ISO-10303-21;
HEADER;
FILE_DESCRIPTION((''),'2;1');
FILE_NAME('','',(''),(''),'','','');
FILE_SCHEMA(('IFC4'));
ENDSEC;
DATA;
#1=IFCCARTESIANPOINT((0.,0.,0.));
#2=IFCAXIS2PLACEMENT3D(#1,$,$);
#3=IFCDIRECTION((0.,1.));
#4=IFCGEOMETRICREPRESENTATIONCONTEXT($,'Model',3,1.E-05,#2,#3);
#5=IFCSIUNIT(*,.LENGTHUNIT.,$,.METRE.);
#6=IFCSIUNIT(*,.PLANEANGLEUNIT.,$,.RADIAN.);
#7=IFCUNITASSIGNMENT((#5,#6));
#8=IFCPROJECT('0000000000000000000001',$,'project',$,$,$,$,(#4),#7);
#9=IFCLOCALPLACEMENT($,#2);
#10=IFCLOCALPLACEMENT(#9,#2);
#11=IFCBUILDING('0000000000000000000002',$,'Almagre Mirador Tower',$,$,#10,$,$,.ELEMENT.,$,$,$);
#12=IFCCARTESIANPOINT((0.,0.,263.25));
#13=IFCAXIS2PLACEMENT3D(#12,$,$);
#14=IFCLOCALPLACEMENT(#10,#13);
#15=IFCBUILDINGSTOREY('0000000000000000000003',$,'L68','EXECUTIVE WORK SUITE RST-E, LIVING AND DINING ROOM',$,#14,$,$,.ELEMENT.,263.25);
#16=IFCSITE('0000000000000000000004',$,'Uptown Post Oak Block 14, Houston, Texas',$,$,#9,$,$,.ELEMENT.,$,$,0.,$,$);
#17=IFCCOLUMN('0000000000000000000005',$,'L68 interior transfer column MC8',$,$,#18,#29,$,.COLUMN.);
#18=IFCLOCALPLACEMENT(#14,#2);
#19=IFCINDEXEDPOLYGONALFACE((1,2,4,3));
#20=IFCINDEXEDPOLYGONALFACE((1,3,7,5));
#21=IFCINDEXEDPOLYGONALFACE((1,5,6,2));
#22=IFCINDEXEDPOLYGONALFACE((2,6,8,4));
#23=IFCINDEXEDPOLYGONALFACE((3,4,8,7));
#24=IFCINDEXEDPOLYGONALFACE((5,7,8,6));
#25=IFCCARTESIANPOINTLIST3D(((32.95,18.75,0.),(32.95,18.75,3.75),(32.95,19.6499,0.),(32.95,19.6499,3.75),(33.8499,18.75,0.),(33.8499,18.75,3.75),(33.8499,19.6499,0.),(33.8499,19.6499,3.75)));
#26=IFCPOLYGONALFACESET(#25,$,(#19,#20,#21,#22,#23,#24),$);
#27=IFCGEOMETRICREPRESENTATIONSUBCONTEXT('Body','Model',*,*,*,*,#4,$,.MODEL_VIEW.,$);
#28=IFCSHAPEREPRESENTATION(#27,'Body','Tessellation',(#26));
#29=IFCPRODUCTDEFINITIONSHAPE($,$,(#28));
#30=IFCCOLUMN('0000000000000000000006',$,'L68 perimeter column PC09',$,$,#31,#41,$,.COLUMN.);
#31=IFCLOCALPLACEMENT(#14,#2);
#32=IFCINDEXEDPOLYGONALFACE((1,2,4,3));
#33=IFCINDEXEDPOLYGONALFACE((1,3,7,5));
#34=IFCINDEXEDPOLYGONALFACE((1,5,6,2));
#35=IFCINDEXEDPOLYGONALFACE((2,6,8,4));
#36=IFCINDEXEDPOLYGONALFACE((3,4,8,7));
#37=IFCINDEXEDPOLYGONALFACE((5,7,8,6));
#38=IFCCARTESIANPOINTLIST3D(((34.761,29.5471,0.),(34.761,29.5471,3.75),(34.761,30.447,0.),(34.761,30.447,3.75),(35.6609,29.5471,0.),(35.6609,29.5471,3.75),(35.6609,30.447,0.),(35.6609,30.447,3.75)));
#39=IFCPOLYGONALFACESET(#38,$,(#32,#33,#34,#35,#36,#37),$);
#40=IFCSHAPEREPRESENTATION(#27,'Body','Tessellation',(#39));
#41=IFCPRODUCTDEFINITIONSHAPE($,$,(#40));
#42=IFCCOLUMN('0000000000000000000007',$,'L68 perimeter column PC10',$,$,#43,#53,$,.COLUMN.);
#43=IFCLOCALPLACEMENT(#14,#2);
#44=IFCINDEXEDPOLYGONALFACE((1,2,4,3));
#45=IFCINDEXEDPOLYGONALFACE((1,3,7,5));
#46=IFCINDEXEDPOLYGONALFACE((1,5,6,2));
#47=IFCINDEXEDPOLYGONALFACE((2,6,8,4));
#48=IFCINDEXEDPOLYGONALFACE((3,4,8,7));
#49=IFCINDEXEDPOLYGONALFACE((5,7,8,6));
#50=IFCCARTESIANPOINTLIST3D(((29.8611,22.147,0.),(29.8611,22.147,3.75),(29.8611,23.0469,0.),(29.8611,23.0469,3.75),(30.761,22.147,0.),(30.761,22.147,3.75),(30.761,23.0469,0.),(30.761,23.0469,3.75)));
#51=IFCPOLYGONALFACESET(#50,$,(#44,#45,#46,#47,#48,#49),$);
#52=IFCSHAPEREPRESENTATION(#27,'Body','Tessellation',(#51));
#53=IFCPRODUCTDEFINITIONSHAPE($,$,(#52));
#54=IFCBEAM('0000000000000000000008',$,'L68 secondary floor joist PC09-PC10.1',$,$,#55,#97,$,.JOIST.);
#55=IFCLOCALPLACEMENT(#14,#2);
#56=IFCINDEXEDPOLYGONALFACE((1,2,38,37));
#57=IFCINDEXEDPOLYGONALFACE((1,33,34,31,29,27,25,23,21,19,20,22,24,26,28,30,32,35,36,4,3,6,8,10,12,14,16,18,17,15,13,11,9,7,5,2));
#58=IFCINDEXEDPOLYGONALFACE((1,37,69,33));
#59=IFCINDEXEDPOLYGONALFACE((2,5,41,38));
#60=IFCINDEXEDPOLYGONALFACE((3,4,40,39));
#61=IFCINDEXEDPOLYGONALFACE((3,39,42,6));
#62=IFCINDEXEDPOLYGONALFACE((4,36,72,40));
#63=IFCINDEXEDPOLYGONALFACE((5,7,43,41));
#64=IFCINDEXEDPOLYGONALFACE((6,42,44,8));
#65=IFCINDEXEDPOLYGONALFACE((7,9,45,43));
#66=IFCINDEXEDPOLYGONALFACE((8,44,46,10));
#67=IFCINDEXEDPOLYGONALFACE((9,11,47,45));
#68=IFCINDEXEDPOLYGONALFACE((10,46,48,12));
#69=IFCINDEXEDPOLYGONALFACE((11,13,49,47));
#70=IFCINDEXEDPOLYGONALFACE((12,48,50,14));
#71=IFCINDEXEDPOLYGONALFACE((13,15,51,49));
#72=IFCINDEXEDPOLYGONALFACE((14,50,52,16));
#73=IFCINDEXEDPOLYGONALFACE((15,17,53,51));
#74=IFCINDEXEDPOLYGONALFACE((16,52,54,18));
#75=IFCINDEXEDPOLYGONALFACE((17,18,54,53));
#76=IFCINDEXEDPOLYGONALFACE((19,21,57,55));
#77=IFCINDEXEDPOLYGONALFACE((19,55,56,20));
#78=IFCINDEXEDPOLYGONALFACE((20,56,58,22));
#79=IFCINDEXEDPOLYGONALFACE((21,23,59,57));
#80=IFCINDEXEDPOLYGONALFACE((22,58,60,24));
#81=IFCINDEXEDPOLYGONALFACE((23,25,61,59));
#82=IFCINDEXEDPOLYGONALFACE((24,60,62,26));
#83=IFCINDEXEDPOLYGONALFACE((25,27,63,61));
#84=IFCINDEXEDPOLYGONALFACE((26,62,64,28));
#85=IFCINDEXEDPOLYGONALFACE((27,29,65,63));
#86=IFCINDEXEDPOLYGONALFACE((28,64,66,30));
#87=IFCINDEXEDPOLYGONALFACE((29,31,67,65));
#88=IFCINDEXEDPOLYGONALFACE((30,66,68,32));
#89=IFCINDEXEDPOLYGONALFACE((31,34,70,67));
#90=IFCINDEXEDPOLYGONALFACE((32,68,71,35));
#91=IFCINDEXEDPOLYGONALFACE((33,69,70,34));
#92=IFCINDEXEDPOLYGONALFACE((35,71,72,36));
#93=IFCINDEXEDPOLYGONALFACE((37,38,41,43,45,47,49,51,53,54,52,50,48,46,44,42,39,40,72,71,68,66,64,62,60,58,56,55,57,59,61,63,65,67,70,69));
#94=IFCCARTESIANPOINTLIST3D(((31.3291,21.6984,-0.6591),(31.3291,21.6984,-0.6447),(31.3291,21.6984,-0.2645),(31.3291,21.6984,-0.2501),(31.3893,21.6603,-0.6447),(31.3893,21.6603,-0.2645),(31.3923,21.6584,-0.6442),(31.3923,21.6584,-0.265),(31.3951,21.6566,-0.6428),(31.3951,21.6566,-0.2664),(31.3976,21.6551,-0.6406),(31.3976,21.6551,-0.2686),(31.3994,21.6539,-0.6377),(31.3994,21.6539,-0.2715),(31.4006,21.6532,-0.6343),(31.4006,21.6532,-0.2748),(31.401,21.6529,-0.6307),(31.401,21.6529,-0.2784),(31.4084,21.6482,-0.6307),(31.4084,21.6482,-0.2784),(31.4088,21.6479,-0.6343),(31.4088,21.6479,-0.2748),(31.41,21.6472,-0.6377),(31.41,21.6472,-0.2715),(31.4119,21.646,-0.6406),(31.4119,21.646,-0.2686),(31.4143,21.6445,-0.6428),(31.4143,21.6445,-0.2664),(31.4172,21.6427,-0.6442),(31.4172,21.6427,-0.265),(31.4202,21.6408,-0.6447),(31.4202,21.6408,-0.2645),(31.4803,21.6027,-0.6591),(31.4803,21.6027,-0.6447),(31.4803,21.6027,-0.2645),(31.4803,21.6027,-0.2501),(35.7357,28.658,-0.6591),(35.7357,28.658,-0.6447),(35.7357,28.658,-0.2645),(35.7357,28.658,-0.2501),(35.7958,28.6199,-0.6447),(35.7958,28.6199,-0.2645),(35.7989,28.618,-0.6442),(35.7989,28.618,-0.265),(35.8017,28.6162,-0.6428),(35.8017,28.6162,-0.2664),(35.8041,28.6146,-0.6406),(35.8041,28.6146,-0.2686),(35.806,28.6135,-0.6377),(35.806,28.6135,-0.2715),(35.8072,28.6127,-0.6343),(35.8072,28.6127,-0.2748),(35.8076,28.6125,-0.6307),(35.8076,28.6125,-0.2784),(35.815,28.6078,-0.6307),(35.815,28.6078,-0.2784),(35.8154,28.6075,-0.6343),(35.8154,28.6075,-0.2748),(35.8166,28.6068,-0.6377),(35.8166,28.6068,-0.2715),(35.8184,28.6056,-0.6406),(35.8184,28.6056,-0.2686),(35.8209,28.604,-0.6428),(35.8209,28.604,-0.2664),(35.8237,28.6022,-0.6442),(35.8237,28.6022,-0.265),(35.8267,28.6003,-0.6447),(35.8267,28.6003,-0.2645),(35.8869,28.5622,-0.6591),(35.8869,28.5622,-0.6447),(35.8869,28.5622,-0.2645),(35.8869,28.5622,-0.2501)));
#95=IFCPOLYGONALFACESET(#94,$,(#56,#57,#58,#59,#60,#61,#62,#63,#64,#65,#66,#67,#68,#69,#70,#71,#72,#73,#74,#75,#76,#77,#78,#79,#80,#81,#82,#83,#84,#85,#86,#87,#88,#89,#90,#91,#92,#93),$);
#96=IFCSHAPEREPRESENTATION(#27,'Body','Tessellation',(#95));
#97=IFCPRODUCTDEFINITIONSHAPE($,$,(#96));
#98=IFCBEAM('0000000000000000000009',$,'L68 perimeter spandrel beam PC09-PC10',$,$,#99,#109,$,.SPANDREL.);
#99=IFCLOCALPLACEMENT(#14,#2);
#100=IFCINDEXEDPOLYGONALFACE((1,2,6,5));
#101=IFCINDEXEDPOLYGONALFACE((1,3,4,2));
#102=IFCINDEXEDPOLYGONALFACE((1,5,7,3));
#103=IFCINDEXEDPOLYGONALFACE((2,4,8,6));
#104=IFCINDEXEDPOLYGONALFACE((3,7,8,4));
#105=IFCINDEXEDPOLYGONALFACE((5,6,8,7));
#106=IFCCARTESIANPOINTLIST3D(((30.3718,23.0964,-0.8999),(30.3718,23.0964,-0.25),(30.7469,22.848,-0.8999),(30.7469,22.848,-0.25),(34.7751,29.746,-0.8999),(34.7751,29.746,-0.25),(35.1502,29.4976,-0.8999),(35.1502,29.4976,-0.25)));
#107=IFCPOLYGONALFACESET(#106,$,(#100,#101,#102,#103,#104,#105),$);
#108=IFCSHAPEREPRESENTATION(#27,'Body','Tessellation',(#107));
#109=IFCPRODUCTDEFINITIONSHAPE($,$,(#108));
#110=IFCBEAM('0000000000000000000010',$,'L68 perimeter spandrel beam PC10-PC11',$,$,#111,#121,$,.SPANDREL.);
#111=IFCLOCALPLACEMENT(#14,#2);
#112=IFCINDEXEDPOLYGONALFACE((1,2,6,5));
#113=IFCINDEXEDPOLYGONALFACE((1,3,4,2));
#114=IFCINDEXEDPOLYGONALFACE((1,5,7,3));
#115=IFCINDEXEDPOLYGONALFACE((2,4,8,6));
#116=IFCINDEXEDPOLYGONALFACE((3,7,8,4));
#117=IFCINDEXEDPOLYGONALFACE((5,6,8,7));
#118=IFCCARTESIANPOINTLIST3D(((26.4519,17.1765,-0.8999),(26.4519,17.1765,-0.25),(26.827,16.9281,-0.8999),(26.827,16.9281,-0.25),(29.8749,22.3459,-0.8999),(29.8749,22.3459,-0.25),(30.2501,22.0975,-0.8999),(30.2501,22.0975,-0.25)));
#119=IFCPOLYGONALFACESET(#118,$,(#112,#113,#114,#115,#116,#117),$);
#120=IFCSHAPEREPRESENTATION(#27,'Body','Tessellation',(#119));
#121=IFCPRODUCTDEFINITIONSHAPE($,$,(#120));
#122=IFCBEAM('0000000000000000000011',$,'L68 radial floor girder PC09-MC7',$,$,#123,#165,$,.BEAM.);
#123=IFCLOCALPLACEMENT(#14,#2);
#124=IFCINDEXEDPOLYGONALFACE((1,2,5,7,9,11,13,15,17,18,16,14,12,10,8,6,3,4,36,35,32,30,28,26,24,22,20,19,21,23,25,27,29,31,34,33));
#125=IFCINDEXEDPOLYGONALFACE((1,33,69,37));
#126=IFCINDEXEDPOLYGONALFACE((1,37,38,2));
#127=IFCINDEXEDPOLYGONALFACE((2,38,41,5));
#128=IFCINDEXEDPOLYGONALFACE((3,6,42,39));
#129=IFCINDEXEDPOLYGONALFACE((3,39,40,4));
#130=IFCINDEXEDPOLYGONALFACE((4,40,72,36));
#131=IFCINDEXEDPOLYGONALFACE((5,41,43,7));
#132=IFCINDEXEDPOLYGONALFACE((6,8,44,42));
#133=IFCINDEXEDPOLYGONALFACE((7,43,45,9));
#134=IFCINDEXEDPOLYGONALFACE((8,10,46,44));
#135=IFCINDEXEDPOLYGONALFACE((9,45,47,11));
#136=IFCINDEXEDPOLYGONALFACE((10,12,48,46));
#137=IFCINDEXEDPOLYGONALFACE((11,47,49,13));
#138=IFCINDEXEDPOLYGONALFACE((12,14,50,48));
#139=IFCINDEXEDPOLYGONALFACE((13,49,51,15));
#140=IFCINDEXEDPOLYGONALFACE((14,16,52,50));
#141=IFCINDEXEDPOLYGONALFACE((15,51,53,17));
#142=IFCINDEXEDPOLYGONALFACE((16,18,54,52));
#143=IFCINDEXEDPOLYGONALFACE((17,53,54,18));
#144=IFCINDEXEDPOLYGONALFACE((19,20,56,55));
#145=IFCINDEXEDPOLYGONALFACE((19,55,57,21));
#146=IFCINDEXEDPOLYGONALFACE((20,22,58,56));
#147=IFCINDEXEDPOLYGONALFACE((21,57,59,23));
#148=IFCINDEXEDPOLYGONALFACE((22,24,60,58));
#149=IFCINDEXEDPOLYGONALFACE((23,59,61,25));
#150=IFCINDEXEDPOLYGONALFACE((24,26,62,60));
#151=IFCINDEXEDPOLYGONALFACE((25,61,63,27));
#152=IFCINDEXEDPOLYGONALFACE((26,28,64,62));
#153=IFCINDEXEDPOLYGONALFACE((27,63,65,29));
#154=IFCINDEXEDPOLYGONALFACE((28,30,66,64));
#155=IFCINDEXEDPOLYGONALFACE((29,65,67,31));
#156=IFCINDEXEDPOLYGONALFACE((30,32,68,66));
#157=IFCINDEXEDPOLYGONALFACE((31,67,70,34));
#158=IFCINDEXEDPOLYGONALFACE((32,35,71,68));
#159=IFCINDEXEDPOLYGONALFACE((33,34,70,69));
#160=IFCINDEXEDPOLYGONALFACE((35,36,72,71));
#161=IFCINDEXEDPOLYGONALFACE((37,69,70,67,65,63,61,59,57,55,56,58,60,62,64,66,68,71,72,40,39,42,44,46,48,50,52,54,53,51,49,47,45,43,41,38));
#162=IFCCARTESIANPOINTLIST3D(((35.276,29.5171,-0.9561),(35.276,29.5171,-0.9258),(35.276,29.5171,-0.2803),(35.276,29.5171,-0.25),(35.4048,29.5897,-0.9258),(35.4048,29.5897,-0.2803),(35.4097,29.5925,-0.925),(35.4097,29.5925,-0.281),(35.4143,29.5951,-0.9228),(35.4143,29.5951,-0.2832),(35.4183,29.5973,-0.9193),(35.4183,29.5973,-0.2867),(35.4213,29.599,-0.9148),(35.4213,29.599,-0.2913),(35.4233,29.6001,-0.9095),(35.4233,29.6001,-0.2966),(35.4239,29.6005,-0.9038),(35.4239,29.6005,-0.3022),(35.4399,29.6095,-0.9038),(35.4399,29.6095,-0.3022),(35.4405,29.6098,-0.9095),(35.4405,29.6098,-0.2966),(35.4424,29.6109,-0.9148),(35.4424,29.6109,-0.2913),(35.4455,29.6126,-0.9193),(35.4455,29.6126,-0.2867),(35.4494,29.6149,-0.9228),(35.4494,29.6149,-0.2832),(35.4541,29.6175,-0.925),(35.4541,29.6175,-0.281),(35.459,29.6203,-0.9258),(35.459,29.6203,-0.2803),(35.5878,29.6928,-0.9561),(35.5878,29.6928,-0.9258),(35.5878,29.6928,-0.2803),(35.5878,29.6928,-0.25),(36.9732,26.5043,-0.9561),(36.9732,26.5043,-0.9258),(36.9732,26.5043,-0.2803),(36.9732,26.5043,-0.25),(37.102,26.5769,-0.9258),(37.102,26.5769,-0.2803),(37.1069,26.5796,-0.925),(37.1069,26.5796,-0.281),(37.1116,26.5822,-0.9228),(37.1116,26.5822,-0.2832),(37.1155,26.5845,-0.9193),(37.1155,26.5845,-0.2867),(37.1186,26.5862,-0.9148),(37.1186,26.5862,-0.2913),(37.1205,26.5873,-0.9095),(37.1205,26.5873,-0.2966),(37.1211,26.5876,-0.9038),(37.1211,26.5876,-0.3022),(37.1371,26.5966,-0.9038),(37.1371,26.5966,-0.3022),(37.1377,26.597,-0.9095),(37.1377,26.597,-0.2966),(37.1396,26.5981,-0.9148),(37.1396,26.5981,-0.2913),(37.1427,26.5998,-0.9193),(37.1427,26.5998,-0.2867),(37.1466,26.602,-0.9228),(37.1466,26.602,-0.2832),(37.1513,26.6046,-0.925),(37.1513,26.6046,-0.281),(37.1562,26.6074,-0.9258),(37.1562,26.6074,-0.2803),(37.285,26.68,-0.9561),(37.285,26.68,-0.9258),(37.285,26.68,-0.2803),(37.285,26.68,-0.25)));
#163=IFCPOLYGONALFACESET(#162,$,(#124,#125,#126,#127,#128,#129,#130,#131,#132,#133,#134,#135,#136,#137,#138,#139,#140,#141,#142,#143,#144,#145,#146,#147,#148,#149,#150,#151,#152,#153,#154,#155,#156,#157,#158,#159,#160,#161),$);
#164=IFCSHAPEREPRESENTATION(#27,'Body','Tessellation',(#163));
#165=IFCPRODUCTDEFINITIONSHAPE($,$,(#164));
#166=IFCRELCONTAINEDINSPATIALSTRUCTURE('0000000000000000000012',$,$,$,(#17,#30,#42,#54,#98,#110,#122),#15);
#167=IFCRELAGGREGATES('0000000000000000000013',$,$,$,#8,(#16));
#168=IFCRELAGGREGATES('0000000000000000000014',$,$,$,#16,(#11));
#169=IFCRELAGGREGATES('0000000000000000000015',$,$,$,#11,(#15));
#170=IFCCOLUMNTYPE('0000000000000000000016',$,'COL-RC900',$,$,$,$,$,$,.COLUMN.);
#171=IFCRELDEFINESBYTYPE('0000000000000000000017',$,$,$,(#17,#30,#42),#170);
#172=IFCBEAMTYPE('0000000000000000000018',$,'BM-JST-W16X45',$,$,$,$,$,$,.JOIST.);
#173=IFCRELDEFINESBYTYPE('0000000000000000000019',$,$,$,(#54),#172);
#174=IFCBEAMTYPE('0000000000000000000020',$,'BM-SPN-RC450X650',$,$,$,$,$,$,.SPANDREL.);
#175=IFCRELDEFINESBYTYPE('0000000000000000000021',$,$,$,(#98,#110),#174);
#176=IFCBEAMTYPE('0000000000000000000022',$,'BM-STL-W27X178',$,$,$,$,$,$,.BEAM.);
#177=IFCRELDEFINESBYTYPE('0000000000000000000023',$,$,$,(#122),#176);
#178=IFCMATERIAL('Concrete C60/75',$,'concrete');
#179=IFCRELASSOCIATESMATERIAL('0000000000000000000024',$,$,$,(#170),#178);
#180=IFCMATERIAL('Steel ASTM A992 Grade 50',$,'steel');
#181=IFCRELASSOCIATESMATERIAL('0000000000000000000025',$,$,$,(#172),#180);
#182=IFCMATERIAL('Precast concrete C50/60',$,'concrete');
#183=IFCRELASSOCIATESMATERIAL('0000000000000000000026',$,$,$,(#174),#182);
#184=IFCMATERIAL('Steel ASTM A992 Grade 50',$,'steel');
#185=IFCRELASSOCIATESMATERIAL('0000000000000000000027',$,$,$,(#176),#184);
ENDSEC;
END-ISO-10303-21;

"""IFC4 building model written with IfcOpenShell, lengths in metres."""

from ifc_helpers import new_model, si_unit, direction, frame, origin, origin_2d, place, context, subcontext, project, spatial, rectangle, i_section, extrude, material, material_profile, profile_set, type_object, element, save


model = new_model("IFC4")

# Units and contexts
model_context = context("Model", 3, precision=1e-05, world=origin(), true_north=direction((0.0, 1.0)))
body_context = subcontext(model_context, "Body", "Model", "MODEL_VIEW")
ifc_project = project(units=[si_unit("LENGTHUNIT", "METRE"), si_unit("PLANEANGLEUNIT", "RADIAN")], contexts=[model_context])

# Site, building, storey
site_placement = place(None, origin())
site = spatial("IfcSite", under=ifc_project, at=site_placement, Name="Uptown Post Oak Block 14, Houston, Texas", CompositionType="ELEMENT", RefElevation=0.0)
building_placement = place(site_placement, origin())
building = spatial("IfcBuilding", under=site, at=building_placement, Name="Almagre Mirador Tower", CompositionType="ELEMENT")
storey_placement = place(building_placement, frame((0.0, 0.0, 263.25)))
storey = spatial("IfcBuildingStorey", under=building, at=storey_placement, Name="L68", Description="EXECUTIVE WORK SUITE RST-E, LIVING AND DINING ROOM", CompositionType="ELEMENT", Elevation=263.25)

# Columns
ifc_material_1 = material(Name="Concrete C60/75", Category="concrete")
ifc_material_profile_1 = material_profile(ifc_material_1, rectangle(XDim=0.8999, YDim=0.8999, at=origin_2d()), Name="RC900X900")
ifc_profile_set_1 = profile_set([ifc_material_profile_1], Name="Concrete C60/75")
column_type = type_object("IfcColumnType", Name="COL-RC900", PredefinedType="COLUMN", material=ifc_profile_set_1)
for number, where, z_axis, x_axis, name in (
    (1, (33.3999, 19.2, 0.0), (0.0, 0.0, 1.0), (1.0, 0.0, 0.0), "L68 interior transfer column MC8"),
    (2, (35.2109, 29.9971, 0.0), (0.0, 0.0, 1.0), (1.0, 0.0, 0.0), "L68 perimeter column PC09"),
    (3, (30.311, 22.5969, 0.0), (0.0, 0.0, 1.0), (1.0, 0.0, 0.0), "L68 perimeter column PC10"),
):
    element("IfcColumn", number, at=place(storey_placement, frame(where, z_axis=z_axis, x_axis=x_axis)), inside=storey, type_object=column_type, Name=name, PredefinedType="COLUMN", context=body_context, shape_type="SweptSolid", body=[
        extrude(rectangle(XDim=0.8999, YDim=0.8999, at=origin_2d()), origin(), (0.0, 0.0, 1.0), 3.75),
    ])

# Beams
ifc_material_2 = material(Name="Steel ASTM A992 Grade 50", Category="steel")
ifc_material_profile_2 = material_profile(ifc_material_2, i_section(OverallWidth=0.179, OverallDepth=0.4089, WebThickness=0.0088, FlangeThickness=0.0144, FilletRadius=0.0139, at=origin_2d()), Name="W16X45")
ifc_profile_set_2 = profile_set([ifc_material_profile_2], Name="Steel ASTM A992 Grade 50")
beam_type_1 = type_object("IfcBeamType", Name="BM-JST-W16X45", PredefinedType="JOIST", material=ifc_profile_set_2)
beam_1_placement = place(storey_placement, frame((35.8113, 28.6101, -0.4546), z_axis=(-0.534951, -0.844883, 0.0), x_axis=(0.844883, -0.534951, 0.0)))
element("IfcBeam", 4, at=beam_1_placement, inside=storey, type_object=beam_type_1, Name="L68 secondary floor joist PC09-PC10.1", PredefinedType="JOIST", context=body_context, shape_type="SweptSolid", body=[
    extrude(i_section(OverallWidth=0.179, OverallDepth=0.4089, WebThickness=0.0088, FlangeThickness=0.0144, FilletRadius=0.0139, at=origin_2d()), origin(), (0.0, 0.0, 1.0), 8.2373),
])
ifc_material_3 = material(Name="Precast concrete C50/60", Category="concrete")
ifc_material_profile_3 = material_profile(ifc_material_3, rectangle(XDim=0.45, YDim=0.6499, at=origin_2d()), Name="RC450X650")
ifc_profile_set_3 = profile_set([ifc_material_profile_3], Name="Precast concrete C50/60")
beam_type_2 = type_object("IfcBeamType", Name="BM-SPN-RC450X650", PredefinedType="SPANDREL", material=ifc_profile_set_3)
beam_2_placement = place(storey_placement, frame((34.9626, 29.6218, -0.575), z_axis=(-0.552112, -0.83377, 0.0), x_axis=(0.83377, -0.552112, 0.0)))
element("IfcBeam", 5, at=beam_2_placement, inside=storey, type_object=beam_type_2, Name="L68 perimeter spandrel beam PC09-PC10", PredefinedType="SPANDREL", context=body_context, shape_type="SweptSolid", body=[
    extrude(rectangle(XDim=0.45, YDim=0.6499, at=origin_2d()), origin(), (0.0, 0.0, 1.0), 7.9753),
])
beam_3_placement = place(storey_placement, frame((30.0625, 22.2217, -0.575), z_axis=(-0.552108, -0.833773, 0.0), x_axis=(0.833773, -0.552108, 0.0)))
element("IfcBeam", 6, at=beam_3_placement, inside=storey, type_object=beam_type_2, Name="L68 perimeter spandrel beam PC10-PC11", PredefinedType="SPANDREL", context=body_context, shape_type="SweptSolid", body=[
    extrude(rectangle(XDim=0.45, YDim=0.6499, at=origin_2d()), origin(), (0.0, 0.0, 1.0), 6.2),
])
ifc_material_4 = material(Name="Steel ASTM A992 Grade 50", Category="steel")
ifc_material_profile_4 = material_profile(ifc_material_4, i_section(OverallWidth=0.3579, OverallDepth=0.7061, WebThickness=0.0183, FlangeThickness=0.0303, FilletRadius=0.022, at=origin_2d()), Name="W27X178")
ifc_profile_set_4 = profile_set([ifc_material_profile_4], Name="Steel ASTM A992 Grade 50")
beam_type_3 = type_object("IfcBeamType", Name="BM-STL-W27X178", PredefinedType="BEAM", material=ifc_profile_set_4)
beam_4_placement = place(storey_placement, frame((35.4319, 29.605, -0.603), z_axis=(0.490808, -0.871268, 0.0), x_axis=(0.871268, 0.490808, 0.0)))
element("IfcBeam", 7, at=beam_4_placement, inside=storey, type_object=beam_type_3, Name="L68 radial floor girder PC09-MC7", PredefinedType="BEAM", context=body_context, shape_type="SweptSolid", body=[
    extrude(i_section(OverallWidth=0.3579, OverallDepth=0.7061, WebThickness=0.0183, FlangeThickness=0.0303, FilletRadius=0.022, at=origin_2d()), origin(), (0.0, 0.0, 1.0), 3.458),
])

save(model, "model.ifc")
